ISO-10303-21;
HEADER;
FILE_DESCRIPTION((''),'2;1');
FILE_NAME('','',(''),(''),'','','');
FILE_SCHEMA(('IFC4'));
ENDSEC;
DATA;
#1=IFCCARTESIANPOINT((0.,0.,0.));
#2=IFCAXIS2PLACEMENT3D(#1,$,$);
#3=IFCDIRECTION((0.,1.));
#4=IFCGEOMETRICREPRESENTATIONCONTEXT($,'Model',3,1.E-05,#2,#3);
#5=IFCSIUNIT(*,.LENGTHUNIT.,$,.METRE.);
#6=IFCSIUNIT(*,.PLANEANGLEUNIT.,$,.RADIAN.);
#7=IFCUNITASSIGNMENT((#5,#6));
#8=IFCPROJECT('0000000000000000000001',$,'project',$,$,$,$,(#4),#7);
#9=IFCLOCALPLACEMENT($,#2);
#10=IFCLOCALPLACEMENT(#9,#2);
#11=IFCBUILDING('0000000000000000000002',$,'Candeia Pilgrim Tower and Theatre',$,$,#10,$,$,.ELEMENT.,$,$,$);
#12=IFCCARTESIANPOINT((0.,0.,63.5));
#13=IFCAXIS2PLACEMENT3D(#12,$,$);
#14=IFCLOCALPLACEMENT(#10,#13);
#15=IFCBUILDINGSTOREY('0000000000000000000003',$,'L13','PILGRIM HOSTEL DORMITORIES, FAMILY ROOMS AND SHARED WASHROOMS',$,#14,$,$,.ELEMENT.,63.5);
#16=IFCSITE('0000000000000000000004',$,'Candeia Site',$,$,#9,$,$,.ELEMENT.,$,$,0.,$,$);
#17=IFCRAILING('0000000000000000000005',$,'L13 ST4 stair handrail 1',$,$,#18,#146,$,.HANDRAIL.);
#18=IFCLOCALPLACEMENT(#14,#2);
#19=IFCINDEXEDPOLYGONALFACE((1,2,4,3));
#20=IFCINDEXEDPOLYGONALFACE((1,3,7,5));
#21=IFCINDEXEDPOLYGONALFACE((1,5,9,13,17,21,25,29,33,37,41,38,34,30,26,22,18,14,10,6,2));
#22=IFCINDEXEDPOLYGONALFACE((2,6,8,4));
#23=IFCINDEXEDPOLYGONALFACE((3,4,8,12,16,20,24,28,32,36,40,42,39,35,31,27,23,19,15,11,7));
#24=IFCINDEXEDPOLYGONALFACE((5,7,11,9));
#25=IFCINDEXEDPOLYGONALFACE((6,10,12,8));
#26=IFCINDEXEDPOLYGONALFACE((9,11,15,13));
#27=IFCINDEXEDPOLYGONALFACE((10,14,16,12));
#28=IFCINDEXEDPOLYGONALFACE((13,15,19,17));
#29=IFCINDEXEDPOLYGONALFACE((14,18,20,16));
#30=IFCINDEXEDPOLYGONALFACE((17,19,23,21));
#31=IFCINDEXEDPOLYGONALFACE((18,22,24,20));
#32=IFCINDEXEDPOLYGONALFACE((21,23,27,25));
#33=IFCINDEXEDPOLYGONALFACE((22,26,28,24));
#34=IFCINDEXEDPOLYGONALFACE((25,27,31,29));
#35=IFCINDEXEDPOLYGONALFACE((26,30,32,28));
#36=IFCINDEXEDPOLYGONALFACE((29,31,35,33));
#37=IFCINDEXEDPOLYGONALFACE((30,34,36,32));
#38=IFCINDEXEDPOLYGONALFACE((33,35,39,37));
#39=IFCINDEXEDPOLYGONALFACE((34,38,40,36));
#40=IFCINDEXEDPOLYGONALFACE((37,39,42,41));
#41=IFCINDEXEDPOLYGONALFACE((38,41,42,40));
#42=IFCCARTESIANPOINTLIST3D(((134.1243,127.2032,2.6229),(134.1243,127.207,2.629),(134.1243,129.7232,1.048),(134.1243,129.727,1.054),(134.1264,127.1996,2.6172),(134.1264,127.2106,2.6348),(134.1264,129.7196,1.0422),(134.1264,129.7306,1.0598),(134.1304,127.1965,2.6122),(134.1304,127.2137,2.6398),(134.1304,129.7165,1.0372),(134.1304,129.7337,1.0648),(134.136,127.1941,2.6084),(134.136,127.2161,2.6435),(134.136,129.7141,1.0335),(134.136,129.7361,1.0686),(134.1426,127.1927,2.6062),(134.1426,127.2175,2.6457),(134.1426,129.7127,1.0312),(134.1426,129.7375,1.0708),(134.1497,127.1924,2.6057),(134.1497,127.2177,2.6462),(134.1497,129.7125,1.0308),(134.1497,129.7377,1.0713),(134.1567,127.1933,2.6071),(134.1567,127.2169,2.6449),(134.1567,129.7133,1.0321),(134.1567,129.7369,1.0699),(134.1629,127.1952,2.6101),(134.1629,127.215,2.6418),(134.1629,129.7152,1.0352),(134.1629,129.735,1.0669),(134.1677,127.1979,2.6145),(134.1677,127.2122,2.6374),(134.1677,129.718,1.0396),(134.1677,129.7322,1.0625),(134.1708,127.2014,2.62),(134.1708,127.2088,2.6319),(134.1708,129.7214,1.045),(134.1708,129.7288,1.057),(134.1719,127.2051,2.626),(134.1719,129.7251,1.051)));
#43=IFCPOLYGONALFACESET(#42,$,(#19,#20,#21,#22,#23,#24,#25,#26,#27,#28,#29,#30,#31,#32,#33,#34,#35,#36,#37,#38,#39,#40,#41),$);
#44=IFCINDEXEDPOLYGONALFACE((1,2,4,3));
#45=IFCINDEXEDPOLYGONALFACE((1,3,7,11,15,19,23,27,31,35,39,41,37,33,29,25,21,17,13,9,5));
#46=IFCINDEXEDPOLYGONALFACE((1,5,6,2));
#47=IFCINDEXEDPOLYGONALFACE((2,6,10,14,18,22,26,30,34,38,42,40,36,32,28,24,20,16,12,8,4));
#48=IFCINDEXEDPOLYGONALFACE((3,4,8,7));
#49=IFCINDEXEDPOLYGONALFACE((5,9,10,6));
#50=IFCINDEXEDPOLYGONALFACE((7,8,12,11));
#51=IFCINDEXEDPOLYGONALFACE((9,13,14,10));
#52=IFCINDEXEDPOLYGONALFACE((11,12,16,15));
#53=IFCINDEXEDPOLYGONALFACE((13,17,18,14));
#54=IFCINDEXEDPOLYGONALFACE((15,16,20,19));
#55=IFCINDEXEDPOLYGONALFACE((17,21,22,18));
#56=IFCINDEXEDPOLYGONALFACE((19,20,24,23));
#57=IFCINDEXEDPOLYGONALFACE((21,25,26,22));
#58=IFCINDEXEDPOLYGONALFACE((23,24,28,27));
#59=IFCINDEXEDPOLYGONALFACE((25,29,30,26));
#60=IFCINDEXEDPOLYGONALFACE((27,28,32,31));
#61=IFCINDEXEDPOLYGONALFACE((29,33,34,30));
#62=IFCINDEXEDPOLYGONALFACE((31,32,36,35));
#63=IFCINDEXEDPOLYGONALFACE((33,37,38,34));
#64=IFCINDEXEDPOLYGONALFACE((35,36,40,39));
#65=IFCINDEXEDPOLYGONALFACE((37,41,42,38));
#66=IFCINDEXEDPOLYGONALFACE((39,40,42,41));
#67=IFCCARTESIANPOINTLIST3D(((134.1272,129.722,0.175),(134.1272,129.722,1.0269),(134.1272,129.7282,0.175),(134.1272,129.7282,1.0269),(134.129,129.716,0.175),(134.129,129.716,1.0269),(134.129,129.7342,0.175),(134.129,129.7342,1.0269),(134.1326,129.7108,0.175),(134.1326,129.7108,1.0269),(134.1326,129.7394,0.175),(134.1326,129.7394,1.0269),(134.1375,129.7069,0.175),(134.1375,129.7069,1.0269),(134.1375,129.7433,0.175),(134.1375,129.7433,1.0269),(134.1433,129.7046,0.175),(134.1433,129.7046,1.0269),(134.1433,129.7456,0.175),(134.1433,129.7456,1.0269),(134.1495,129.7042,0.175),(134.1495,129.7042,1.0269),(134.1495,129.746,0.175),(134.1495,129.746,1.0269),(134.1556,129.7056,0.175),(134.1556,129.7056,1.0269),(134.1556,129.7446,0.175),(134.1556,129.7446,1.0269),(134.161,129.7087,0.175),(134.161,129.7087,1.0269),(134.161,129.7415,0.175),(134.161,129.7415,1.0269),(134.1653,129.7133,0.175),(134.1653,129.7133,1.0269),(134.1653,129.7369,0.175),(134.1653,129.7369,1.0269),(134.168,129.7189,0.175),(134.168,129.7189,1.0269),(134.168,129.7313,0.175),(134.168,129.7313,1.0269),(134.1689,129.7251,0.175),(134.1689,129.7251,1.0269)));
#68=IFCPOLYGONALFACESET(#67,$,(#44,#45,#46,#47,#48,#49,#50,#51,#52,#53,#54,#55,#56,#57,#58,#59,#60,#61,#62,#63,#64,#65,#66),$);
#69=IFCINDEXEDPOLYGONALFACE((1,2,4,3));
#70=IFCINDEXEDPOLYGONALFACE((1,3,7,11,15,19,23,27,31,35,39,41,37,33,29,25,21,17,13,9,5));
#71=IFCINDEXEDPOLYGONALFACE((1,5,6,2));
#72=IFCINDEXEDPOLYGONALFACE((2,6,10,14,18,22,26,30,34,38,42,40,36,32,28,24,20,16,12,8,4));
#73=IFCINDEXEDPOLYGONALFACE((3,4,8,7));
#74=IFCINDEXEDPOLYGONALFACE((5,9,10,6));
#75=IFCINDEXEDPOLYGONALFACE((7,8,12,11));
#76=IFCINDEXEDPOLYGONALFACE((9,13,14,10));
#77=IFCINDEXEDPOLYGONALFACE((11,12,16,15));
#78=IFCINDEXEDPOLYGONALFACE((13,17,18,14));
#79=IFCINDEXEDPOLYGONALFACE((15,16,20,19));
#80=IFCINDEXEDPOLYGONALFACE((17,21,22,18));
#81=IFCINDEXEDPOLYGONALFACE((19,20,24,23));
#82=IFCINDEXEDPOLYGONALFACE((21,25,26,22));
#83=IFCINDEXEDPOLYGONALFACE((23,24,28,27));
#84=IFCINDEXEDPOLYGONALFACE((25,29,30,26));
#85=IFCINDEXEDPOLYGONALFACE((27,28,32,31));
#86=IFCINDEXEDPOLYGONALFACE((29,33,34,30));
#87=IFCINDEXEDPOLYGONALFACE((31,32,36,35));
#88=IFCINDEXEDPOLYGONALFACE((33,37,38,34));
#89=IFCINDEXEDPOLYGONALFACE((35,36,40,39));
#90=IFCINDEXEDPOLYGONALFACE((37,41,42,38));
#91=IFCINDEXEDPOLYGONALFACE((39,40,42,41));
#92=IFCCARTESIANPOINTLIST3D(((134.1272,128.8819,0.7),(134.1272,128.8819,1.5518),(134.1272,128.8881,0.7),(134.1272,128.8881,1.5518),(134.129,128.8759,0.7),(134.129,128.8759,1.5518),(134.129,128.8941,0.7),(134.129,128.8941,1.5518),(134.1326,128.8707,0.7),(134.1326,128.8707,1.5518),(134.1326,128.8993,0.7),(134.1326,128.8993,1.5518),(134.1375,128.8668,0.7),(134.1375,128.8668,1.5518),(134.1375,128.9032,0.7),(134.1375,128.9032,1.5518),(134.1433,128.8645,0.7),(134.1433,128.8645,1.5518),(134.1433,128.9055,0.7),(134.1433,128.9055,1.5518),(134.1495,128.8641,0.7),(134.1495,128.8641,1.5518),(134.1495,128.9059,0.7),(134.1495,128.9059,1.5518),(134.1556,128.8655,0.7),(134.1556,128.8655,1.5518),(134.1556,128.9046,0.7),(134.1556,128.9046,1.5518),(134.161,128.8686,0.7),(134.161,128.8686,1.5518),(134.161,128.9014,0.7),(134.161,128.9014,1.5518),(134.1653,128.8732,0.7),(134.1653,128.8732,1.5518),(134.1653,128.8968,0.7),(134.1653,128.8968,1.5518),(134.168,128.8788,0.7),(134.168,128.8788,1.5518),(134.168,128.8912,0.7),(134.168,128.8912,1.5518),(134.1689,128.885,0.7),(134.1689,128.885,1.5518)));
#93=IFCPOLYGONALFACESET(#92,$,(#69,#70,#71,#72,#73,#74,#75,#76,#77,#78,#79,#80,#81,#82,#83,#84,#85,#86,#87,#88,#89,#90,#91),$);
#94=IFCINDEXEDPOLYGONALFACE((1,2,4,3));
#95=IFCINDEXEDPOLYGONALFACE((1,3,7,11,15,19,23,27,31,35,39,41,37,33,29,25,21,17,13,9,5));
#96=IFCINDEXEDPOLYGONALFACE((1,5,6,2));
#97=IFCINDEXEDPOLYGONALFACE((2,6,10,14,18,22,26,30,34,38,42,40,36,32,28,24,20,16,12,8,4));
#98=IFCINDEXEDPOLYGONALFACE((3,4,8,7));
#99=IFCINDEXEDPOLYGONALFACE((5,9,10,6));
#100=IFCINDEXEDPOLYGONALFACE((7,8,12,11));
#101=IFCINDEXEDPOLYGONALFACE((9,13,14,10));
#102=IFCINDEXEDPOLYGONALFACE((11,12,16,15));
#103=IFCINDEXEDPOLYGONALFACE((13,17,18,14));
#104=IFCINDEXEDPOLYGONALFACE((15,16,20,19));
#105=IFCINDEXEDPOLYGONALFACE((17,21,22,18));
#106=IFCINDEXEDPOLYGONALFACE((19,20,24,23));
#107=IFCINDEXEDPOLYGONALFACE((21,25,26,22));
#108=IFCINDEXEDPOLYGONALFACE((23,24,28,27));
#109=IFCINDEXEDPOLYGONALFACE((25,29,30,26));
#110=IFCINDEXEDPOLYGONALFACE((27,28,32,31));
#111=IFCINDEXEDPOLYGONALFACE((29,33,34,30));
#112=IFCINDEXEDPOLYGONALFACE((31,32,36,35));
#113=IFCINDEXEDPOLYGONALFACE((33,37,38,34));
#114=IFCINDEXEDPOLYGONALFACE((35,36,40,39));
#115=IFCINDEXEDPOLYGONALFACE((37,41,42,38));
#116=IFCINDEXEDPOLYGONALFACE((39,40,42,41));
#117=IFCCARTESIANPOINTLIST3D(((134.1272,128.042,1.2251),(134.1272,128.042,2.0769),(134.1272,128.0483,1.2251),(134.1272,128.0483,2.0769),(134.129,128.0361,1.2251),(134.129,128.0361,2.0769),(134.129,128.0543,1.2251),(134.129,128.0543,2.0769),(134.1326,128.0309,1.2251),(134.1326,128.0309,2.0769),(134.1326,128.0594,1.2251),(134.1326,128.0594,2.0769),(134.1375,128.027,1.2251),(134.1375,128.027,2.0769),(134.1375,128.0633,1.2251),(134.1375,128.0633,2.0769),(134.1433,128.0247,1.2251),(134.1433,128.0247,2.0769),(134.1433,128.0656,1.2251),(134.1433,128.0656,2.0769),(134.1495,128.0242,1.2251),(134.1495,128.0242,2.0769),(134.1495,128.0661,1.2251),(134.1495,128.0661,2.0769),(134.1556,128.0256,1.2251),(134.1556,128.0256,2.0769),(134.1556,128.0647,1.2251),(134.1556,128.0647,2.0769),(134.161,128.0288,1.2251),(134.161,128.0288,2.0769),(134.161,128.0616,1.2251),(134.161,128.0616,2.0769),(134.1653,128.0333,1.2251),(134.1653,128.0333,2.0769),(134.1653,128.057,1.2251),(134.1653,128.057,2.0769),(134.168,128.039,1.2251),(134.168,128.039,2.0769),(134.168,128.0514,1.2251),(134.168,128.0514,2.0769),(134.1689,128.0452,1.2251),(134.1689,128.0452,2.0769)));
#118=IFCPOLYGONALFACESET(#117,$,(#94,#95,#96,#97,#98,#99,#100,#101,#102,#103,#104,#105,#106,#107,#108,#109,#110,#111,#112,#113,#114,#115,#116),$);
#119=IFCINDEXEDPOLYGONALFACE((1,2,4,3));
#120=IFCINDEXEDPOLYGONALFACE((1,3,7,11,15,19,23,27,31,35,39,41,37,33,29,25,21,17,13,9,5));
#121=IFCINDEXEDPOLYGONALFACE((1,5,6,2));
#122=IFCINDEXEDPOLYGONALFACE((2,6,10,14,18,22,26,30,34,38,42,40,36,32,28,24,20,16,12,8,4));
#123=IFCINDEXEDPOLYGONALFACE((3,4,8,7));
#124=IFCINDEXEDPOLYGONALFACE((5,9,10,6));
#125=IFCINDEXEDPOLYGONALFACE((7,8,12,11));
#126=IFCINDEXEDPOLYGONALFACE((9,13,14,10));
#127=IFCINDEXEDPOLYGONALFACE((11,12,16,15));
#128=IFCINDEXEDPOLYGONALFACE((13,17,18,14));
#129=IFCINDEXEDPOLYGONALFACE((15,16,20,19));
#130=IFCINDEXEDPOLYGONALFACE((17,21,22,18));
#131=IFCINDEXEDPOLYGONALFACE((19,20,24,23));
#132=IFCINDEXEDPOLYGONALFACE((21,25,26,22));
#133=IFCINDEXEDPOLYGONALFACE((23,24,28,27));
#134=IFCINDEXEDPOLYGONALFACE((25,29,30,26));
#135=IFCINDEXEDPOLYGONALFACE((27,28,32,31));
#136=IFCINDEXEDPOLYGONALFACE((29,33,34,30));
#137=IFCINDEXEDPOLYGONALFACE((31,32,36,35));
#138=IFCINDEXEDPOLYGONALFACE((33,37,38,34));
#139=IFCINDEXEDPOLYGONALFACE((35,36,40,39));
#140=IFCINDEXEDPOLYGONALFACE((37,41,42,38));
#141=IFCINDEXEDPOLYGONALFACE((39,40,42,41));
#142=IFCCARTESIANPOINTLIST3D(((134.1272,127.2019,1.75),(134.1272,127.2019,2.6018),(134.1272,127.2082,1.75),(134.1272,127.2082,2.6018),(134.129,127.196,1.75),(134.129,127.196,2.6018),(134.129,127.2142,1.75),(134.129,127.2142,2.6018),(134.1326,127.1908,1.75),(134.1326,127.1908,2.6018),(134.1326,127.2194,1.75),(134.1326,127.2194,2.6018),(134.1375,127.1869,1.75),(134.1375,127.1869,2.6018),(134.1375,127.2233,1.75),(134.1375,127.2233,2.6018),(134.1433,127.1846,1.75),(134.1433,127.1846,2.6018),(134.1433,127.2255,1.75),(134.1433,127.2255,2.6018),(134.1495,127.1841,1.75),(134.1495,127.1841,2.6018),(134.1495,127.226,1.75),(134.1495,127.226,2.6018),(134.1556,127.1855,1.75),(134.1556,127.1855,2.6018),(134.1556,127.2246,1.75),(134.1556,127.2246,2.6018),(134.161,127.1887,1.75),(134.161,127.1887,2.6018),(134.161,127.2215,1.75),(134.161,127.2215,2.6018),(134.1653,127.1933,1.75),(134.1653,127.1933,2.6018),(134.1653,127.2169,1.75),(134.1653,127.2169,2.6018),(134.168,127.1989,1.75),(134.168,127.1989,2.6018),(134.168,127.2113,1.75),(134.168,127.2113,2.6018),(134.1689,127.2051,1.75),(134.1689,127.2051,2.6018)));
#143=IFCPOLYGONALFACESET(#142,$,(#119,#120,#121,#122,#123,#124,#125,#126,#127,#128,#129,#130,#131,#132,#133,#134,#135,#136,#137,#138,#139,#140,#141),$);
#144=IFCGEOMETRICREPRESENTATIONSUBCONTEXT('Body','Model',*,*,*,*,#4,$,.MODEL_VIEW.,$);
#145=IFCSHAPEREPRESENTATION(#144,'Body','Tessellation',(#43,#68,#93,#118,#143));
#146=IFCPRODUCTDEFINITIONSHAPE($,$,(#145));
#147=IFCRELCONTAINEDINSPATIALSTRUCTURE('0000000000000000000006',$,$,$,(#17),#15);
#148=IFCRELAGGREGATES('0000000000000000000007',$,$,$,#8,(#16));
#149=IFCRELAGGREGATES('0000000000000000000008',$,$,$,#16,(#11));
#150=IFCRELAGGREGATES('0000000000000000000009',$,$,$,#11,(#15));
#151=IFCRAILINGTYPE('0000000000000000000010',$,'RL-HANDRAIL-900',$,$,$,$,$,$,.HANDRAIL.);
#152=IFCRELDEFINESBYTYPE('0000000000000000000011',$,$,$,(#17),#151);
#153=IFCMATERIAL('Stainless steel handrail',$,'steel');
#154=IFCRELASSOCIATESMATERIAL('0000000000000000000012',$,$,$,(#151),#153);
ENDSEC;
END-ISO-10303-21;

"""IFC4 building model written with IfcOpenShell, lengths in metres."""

from ifc_helpers import new_model, si_unit, direction, frame, origin, origin_2d, place, context, subcontext, project, spatial, circle, extrude, material, type_object, element, save


model = new_model("IFC4")

# Units and contexts
model_context = context("Model", 3, precision=1e-05, world=origin(), true_north=direction((0.0, 1.0)))
body_context = subcontext(model_context, "Body", "Model", "MODEL_VIEW")
ifc_project = project(units=[si_unit("LENGTHUNIT", "METRE"), si_unit("PLANEANGLEUNIT", "RADIAN")], contexts=[model_context])

# Site, building, storey
site_placement = place(None, origin())
site = spatial("IfcSite", under=ifc_project, at=site_placement, Name="Candeia Site", CompositionType="ELEMENT", RefElevation=0.0)
building_placement = place(site_placement, origin())
building = spatial("IfcBuilding", under=site, at=building_placement, Name="Candeia Pilgrim Tower and Theatre", CompositionType="ELEMENT")
storey_placement = place(building_placement, frame((0.0, 0.0, 63.5)))
storey = spatial("IfcBuildingStorey", under=building, at=storey_placement, Name="L13", Description="PILGRIM HOSTEL DORMITORIES, FAMILY ROOMS AND SHARED WASHROOMS", CompositionType="ELEMENT", Elevation=63.5)

# Railing
ifc_material_1 = material(Name="Stainless steel handrail", Category="steel")
railing_type_1 = type_object("IfcRailingType", Name="RL-HANDRAIL-900", PredefinedType="HANDRAIL", material=ifc_material_1)
railing_1_placement = place(storey_placement, frame((134.1479, 129.7251, 0.175)))
element("IfcRailing", 1, at=railing_1_placement, inside=storey, type_object=railing_type_1, Name="L13 ST4 stair handrail 1", PredefinedType="HANDRAIL", context=body_context, shape_type="SweptSolid", body=[
    extrude(circle(Radius=0.0239, at=origin_2d()), frame((0.0, 0.0, 0.876), z_axis=(0.0, -0.848008, 0.529984), x_axis=(1.0, 0.0, 0.0)), (0.0, 0.0, 1.0), 2.9717),
    extrude(circle(Radius=0.021, at=origin_2d()), origin(), (0.0, 0.0, 1.0), 0.8518),
    extrude(circle(Radius=0.021, at=origin_2d()), frame((0.0, -0.8401, 0.5249)), (0.0, 0.0, 1.0), 0.8518),
    extrude(circle(Radius=0.021, at=origin_2d()), frame((0.0, -1.6799, 1.05)), (0.0, 0.0, 1.0), 0.8518),
    extrude(circle(Radius=0.021, at=origin_2d()), frame((0.0, -2.52, 1.575)), (0.0, 0.0, 1.0), 0.8518),
])

save(model, "model.ifc")
